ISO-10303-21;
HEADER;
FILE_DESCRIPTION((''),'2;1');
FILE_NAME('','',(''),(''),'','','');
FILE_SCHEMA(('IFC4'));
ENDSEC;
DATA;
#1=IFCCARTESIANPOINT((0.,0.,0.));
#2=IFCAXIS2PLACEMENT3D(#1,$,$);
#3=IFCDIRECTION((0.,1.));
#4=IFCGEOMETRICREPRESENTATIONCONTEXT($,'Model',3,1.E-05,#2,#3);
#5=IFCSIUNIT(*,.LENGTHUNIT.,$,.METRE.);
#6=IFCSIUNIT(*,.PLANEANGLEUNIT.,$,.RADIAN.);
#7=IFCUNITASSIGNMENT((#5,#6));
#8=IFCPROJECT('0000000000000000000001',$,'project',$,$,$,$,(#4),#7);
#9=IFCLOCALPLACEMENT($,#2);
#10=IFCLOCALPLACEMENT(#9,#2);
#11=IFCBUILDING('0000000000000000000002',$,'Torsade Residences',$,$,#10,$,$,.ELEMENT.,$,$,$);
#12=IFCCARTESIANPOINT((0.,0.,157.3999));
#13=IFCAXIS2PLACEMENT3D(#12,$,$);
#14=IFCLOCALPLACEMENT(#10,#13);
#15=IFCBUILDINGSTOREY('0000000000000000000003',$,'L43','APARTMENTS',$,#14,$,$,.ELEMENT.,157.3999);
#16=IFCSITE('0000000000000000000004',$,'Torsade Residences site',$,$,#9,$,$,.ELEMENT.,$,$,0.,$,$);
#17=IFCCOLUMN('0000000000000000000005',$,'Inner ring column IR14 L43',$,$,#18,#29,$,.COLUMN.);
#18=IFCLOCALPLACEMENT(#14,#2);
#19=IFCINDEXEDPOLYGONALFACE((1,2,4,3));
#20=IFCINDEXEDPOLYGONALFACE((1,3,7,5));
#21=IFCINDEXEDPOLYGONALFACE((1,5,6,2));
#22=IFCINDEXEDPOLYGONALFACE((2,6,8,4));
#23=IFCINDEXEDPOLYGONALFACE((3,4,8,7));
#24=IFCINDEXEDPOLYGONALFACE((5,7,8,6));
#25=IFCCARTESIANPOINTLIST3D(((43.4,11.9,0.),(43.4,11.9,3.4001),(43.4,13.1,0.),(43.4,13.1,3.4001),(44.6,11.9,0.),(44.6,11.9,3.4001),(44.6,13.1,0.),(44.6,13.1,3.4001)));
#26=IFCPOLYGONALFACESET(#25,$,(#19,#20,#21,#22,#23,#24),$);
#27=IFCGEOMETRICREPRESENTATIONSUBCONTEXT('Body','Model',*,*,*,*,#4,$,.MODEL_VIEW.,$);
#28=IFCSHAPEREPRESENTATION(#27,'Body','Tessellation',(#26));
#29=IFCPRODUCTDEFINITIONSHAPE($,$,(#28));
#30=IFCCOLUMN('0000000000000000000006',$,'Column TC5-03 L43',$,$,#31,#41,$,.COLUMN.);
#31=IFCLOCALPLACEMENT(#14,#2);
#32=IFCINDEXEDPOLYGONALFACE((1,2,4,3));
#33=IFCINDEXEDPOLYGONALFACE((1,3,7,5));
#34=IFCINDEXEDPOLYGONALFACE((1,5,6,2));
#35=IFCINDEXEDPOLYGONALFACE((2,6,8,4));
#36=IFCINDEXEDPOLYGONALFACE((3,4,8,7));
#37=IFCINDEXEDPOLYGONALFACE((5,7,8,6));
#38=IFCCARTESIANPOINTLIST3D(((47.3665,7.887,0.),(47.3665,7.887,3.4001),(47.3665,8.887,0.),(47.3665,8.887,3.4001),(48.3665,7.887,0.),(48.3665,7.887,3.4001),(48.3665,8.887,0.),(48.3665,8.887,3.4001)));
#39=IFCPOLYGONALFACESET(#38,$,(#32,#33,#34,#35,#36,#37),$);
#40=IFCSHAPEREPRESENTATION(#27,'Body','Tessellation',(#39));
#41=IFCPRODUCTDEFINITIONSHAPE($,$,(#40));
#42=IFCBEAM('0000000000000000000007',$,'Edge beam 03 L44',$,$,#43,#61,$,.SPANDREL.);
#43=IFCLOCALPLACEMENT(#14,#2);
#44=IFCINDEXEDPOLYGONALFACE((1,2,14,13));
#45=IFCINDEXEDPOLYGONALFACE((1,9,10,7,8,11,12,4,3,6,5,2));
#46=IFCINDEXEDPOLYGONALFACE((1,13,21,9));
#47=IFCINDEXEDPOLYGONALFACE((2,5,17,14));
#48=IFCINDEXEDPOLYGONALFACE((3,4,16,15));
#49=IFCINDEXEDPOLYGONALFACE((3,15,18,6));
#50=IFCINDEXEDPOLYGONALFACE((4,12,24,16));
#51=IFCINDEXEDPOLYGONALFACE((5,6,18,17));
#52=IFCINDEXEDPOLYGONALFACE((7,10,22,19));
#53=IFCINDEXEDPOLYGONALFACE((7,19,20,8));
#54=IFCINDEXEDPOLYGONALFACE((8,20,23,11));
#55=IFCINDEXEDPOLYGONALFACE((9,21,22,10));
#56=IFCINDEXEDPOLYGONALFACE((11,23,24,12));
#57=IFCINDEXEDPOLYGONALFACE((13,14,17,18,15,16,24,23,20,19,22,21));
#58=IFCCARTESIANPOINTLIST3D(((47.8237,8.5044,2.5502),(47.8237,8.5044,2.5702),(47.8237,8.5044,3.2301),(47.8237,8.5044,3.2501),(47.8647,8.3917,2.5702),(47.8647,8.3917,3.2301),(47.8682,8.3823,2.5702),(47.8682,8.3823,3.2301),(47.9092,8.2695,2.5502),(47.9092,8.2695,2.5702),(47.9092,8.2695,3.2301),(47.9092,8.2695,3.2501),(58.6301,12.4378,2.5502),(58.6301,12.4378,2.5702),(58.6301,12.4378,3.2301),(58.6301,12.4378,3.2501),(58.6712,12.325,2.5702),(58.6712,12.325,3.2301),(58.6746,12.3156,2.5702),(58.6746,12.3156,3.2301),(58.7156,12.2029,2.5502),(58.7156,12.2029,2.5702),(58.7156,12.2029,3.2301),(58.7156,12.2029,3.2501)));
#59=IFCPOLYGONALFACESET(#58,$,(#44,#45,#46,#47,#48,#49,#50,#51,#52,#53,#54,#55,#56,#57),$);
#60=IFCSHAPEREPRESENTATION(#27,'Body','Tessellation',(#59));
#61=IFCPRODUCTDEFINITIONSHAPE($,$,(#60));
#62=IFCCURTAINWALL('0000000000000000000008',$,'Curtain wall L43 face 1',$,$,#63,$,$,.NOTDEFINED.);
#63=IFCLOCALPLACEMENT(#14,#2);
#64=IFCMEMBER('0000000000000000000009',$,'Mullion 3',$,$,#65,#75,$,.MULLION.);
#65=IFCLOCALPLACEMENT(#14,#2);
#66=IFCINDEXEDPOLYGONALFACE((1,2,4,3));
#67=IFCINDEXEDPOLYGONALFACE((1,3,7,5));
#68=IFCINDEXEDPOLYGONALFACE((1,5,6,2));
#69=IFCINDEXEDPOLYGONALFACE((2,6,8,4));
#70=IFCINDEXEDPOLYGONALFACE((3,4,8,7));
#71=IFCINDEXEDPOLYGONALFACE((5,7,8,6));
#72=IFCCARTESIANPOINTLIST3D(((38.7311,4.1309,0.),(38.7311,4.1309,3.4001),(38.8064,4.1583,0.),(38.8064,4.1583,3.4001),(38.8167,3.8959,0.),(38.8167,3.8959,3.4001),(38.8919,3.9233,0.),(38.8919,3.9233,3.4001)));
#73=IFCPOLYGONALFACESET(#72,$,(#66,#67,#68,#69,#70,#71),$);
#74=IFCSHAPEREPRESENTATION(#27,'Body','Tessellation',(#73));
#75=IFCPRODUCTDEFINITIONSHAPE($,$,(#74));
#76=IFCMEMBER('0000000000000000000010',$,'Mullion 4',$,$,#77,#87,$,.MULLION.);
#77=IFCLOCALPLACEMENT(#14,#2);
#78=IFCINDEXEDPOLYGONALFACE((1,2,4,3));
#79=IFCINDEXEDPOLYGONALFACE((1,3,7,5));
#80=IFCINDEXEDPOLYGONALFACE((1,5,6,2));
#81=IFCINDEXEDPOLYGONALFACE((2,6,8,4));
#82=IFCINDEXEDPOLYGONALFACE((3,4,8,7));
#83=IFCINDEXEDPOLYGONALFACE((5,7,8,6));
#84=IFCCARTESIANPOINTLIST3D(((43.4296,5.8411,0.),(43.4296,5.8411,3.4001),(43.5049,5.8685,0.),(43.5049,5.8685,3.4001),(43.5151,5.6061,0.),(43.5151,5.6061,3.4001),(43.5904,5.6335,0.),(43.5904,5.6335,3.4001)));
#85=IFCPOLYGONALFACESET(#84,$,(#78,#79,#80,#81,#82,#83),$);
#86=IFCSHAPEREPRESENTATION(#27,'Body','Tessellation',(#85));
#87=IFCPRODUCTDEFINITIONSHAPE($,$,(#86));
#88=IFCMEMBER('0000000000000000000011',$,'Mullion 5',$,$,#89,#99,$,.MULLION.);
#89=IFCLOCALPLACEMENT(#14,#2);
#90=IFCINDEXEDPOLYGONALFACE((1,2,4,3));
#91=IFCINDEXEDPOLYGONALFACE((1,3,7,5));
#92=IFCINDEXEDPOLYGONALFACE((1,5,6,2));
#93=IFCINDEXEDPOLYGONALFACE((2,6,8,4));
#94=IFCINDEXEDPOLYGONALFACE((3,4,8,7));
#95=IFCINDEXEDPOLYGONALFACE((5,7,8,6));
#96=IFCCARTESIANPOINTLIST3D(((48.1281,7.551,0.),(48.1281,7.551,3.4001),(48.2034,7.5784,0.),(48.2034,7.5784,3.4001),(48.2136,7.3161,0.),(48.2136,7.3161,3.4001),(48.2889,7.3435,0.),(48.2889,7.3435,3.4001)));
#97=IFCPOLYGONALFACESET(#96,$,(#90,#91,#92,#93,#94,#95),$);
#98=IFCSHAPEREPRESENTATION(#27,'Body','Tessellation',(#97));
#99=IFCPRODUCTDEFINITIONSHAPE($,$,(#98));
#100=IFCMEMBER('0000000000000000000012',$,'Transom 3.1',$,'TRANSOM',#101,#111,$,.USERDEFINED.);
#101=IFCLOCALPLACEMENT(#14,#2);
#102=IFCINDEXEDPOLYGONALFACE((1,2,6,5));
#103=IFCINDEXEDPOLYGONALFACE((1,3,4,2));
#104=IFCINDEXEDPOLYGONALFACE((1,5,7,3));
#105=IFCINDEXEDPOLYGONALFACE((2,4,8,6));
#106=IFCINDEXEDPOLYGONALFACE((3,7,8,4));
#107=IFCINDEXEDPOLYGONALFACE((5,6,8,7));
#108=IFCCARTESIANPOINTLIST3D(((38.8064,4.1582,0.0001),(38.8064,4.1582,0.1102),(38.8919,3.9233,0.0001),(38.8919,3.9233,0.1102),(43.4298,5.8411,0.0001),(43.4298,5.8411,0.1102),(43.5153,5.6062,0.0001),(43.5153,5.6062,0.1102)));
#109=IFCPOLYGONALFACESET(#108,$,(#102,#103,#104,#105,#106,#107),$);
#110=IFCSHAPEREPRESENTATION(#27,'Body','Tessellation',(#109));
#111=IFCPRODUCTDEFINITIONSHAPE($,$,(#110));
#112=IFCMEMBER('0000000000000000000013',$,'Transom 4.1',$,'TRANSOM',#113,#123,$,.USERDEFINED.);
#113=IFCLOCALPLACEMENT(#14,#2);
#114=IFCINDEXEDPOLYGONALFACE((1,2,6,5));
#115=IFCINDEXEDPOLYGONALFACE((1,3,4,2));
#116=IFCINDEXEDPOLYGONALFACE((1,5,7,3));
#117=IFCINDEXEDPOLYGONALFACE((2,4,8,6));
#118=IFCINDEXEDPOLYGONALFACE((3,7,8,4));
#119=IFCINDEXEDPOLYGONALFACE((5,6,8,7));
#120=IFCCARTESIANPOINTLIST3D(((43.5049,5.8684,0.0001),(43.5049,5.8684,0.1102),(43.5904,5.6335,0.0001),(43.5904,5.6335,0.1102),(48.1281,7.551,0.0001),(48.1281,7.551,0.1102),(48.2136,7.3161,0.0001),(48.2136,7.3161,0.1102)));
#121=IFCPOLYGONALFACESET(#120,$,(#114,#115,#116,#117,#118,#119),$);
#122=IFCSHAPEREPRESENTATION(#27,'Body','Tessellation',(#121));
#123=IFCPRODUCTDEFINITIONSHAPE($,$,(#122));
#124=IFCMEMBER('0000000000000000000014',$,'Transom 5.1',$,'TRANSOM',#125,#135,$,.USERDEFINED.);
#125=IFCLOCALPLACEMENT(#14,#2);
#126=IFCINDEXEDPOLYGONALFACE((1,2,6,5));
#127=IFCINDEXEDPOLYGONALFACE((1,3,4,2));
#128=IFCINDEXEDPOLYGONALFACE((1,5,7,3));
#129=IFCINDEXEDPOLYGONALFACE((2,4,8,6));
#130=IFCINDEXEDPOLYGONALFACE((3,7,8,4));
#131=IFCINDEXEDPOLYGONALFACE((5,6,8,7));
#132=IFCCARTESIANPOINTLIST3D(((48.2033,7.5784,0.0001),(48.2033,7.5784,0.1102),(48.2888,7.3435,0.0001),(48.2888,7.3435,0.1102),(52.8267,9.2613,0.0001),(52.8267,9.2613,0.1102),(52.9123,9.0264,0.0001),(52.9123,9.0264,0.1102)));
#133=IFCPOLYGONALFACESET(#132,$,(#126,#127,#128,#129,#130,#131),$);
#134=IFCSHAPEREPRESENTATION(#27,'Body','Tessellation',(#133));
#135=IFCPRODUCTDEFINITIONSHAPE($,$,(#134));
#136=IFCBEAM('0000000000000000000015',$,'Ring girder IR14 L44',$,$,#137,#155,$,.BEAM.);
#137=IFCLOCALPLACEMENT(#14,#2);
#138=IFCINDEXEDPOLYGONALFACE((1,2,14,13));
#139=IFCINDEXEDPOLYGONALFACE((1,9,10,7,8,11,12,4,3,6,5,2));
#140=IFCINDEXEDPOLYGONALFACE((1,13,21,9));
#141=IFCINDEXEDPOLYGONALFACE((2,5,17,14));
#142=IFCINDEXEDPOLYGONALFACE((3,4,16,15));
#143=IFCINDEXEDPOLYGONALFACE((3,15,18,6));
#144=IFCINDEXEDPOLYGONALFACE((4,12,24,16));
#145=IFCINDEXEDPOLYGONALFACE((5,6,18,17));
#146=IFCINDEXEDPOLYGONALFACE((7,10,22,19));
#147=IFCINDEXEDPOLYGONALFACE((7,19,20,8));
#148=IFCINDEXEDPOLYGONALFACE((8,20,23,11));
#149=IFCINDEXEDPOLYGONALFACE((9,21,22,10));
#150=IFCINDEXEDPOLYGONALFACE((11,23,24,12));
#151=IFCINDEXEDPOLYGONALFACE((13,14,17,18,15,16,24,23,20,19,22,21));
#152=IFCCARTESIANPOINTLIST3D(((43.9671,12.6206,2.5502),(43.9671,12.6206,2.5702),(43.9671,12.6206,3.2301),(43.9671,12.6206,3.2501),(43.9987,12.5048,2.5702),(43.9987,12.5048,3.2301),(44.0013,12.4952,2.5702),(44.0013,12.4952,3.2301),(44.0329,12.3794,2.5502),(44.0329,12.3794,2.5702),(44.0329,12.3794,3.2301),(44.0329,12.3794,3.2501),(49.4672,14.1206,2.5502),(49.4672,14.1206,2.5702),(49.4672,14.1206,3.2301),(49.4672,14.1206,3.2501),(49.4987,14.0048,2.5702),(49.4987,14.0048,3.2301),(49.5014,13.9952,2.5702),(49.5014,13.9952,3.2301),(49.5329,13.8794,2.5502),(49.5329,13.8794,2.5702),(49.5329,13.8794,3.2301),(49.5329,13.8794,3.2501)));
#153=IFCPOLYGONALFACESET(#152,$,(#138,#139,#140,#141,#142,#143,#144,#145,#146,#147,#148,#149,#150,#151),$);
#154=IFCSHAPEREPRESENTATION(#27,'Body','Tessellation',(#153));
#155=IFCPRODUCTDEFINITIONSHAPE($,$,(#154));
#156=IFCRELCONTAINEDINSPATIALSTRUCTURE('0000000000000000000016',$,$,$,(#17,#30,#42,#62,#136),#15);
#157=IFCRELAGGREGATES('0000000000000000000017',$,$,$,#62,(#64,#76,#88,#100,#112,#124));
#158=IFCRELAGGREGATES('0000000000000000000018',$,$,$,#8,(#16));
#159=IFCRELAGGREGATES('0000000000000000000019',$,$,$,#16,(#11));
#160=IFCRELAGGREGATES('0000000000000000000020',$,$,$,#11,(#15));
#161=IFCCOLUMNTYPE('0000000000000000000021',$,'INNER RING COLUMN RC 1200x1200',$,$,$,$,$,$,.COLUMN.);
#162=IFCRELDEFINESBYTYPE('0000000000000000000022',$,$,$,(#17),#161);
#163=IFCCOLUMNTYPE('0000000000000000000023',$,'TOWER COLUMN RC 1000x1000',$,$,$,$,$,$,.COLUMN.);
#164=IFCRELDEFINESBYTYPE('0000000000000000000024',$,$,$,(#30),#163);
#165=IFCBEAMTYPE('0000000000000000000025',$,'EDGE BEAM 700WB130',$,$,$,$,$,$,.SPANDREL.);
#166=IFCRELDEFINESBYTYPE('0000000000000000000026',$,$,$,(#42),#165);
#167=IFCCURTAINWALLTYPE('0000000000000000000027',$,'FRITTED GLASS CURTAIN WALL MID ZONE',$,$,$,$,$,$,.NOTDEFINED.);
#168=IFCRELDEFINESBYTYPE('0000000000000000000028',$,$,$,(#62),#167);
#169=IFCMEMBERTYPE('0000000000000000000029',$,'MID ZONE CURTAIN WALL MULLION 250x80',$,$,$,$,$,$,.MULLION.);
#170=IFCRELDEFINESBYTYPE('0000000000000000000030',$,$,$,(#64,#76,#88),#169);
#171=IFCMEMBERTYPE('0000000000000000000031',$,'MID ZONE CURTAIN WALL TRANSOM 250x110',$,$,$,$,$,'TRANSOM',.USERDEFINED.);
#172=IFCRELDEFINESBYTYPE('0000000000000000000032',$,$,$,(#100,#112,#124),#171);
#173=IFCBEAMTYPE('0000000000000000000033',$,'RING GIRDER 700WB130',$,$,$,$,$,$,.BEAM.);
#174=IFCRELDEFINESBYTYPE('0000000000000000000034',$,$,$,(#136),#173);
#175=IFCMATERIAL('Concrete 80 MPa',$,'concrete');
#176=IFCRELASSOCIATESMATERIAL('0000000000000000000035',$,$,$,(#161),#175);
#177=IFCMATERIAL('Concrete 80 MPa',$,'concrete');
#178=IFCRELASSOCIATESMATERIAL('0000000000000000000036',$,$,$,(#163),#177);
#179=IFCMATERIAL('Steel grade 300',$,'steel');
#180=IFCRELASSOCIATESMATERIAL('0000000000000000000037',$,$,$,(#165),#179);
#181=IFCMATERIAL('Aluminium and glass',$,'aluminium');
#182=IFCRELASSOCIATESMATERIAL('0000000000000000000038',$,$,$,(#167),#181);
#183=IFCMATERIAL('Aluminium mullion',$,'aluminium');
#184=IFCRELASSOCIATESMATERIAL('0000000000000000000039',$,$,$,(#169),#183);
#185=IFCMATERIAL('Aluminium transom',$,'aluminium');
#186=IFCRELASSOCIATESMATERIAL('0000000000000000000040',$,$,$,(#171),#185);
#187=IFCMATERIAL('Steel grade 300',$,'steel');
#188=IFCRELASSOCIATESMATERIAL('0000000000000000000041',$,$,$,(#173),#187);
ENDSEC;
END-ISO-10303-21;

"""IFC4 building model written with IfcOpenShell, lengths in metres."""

from ifc_helpers import new_model, si_unit, direction, frame, origin, origin_2d, place, context, subcontext, project, spatial, rectangle, i_section, extrude, material, material_profile, profile_set, type_object, element, aggregate, save


model = new_model("IFC4")

# Units and contexts
model_context = context("Model", 3, precision=1e-05, world=origin(), true_north=direction((0.0, 1.0)))
body_context = subcontext(model_context, "Body", "Model", "MODEL_VIEW")
ifc_project = project(units=[si_unit("LENGTHUNIT", "METRE"), si_unit("PLANEANGLEUNIT", "RADIAN")], contexts=[model_context])

# Site, building, storey
site_placement = place(None, origin())
site = spatial("IfcSite", under=ifc_project, at=site_placement, Name="Torsade Residences site", CompositionType="ELEMENT", RefElevation=0.0)
building_placement = place(site_placement, origin())
building = spatial("IfcBuilding", under=site, at=building_placement, Name="Torsade Residences", CompositionType="ELEMENT")
storey_placement = place(building_placement, frame((0.0, 0.0, 157.3999)))
storey = spatial("IfcBuildingStorey", under=building, at=storey_placement, Name="L43", Description="APARTMENTS", CompositionType="ELEMENT", Elevation=157.3999)

# Columns
ifc_material_1 = material(Name="Concrete 80 MPa", Category="concrete")
ifc_material_profile_1 = material_profile(ifc_material_1, rectangle(XDim=1.2, YDim=1.2, at=origin_2d()), Name="RC 1200x1200")
ifc_profile_set_1 = profile_set([ifc_material_profile_1], Name="Concrete 80 MPa")
column_type_1 = type_object("IfcColumnType", Name="INNER RING COLUMN RC 1200x1200", PredefinedType="COLUMN", material=ifc_profile_set_1)
column_1_placement = place(storey_placement, frame((44.0, 12.5, 0.0), z_axis=(0.0, 0.0, 1.0), x_axis=(1.0, 0.0, 0.0)))
element("IfcColumn", 1, at=column_1_placement, inside=storey, type_object=column_type_1, Name="Inner ring column IR14 L43", PredefinedType="COLUMN", context=body_context, shape_type="SweptSolid", body=[
    extrude(rectangle(XDim=1.2, YDim=1.2, at=origin_2d()), origin(), (0.0, 0.0, 1.0), 3.4001),
])
ifc_material_2 = material(Name="Concrete 80 MPa", Category="concrete")
ifc_material_profile_2 = material_profile(ifc_material_2, rectangle(XDim=1.0, YDim=1.0, at=origin_2d()), Name="RC 1000x1000")
ifc_profile_set_2 = profile_set([ifc_material_profile_2], Name="Concrete 80 MPa")
column_type_2 = type_object("IfcColumnType", Name="TOWER COLUMN RC 1000x1000", PredefinedType="COLUMN", material=ifc_profile_set_2)
column_2_placement = place(storey_placement, frame((47.8665, 8.387, 0.0), z_axis=(0.0, 0.0, 1.0), x_axis=(1.0, 0.0, 0.0)))
element("IfcColumn", 2, at=column_2_placement, inside=storey, type_object=column_type_2, Name="Column TC5-03 L43", PredefinedType="COLUMN", context=body_context, shape_type="SweptSolid", body=[
    extrude(rectangle(XDim=1.0, YDim=1.0, at=origin_2d()), origin(), (0.0, 0.0, 1.0), 3.4001),
])

# Beam
ifc_material_3 = material(Name="Steel grade 300", Category="steel")
ifc_material_profile_3 = material_profile(ifc_material_3, i_section(OverallWidth=0.25, OverallDepth=0.7, WebThickness=0.01, FlangeThickness=0.02, at=origin_2d()), Name="700WB130")
ifc_profile_set_3 = profile_set([ifc_material_profile_3], Name="Steel grade 300")
beam_type_1 = type_object("IfcBeamType", Name="EDGE BEAM 700WB130", PredefinedType="SPANDREL", material=ifc_profile_set_3)
beam_1_placement = place(storey_placement, frame((47.8665, 8.387, 2.9001), z_axis=(0.939689, 0.342031, 0.0), x_axis=(-0.342031, 0.939689, 0.0)))
element("IfcBeam", 3, at=beam_1_placement, inside=storey, type_object=beam_type_1, Name="Edge beam 03 L44", PredefinedType="SPANDREL", context=body_context, shape_type="SweptSolid", body=[
    extrude(i_section(OverallWidth=0.25, OverallDepth=0.7, WebThickness=0.01, FlangeThickness=0.02, at=origin_2d()), origin(), (0.0, 0.0, 1.0), 11.5),
])

# Curtain wall, members
ifc_material_4 = material(Name="Aluminium and glass", Category="aluminium")
curtain_wall_type = type_object("IfcCurtainWallType", Name="FRITTED GLASS CURTAIN WALL MID ZONE", PredefinedType="NOTDEFINED", material=ifc_material_4)
curtain_wall_placement = place(storey_placement, origin())
curtain_wall = element("IfcCurtainWall", 4, at=curtain_wall_placement, inside=storey, type_object=curtain_wall_type, Name="Curtain wall L43 face 1", PredefinedType="NOTDEFINED")
ifc_material_5 = material(Name="Aluminium mullion", Category="aluminium")
ifc_material_profile_4 = material_profile(ifc_material_5, rectangle(XDim=0.25, YDim=0.0801, at=origin_2d()), Name="MID ZONE CURTAIN WALL MULLION 250x80")
ifc_profile_set_4 = profile_set([ifc_material_profile_4], Name="Aluminium mullion")
member_type_1 = type_object("IfcMemberType", Name="MID ZONE CURTAIN WALL MULLION 250x80", PredefinedType="MULLION", material=ifc_profile_set_4)
member_1_placement = place(storey_placement, frame((38.8115, 4.0271, 0.0), z_axis=(0.0, 0.0, 1.0), x_axis=(-0.34202, 0.939693, 0.0)))
member_1 = element("IfcMember", 5, at=member_1_placement, type_object=member_type_1, Name="Mullion 3", PredefinedType="MULLION", context=body_context, shape_type="SweptSolid", body=[
    extrude(rectangle(XDim=0.25, YDim=0.0801, at=origin_2d()), origin(), (0.0, 0.0, 1.0), 3.4001),
])
member_2_placement = place(storey_placement, frame((43.51, 5.7373, 0.0), z_axis=(0.0, 0.0, 1.0), x_axis=(-0.34202, 0.939693, 0.0)))
member_2 = element("IfcMember", 6, at=member_2_placement, type_object=member_type_1, Name="Mullion 4", PredefinedType="MULLION", context=body_context, shape_type="SweptSolid", body=[
    extrude(rectangle(XDim=0.25, YDim=0.0801, at=origin_2d()), origin(), (0.0, 0.0, 1.0), 3.4001),
])
member_3_placement = place(storey_placement, frame((48.2085, 7.4473, 0.0), z_axis=(0.0, 0.0, 1.0), x_axis=(-0.34202, 0.939693, 0.0)))
member_3 = element("IfcMember", 7, at=member_3_placement, type_object=member_type_1, Name="Mullion 5", PredefinedType="MULLION", context=body_context, shape_type="SweptSolid", body=[
    extrude(rectangle(XDim=0.25, YDim=0.0801, at=origin_2d()), origin(), (0.0, 0.0, 1.0), 3.4001),
])
ifc_material_6 = material(Name="Aluminium transom", Category="aluminium")
ifc_material_profile_5 = material_profile(ifc_material_6, rectangle(XDim=0.25, YDim=0.1101, at=origin_2d()), Name="MID ZONE CURTAIN WALL TRANSOM 250x110")
ifc_profile_set_5 = profile_set([ifc_material_profile_5], Name="Aluminium transom")
member_type_2 = type_object("IfcMemberType", Name="MID ZONE CURTAIN WALL TRANSOM 250x110", ElementType="TRANSOM", PredefinedType="USERDEFINED", material=ifc_profile_set_5)
member_4_placement = place(storey_placement, frame((38.8491, 4.0408, 0.0552), z_axis=(0.939685, 0.342042, 0.0), x_axis=(-0.342042, 0.939685, 0.0)))
member_4 = element("IfcMember", 8, at=member_4_placement, type_object=member_type_2, Name="Transom 3.1", ObjectType="TRANSOM", PredefinedType="USERDEFINED", context=body_context, shape_type="SweptSolid", body=[
    extrude(rectangle(XDim=0.25, YDim=0.1101, at=origin_2d()), origin(), (0.0, 0.0, 1.0), 4.9202),
])
member_5_placement = place(storey_placement, frame((43.5476, 5.751, 0.0552), z_axis=(0.939701, 0.341998, 0.0), x_axis=(-0.341998, 0.939701, 0.0)))
member_5 = element("IfcMember", 9, at=member_5_placement, type_object=member_type_2, Name="Transom 4.1", ObjectType="TRANSOM", PredefinedType="USERDEFINED", context=body_context, shape_type="SweptSolid", body=[
    extrude(rectangle(XDim=0.25, YDim=0.1101, at=origin_2d()), origin(), (0.0, 0.0, 1.0), 4.9199),
])
member_6_placement = place(storey_placement, frame((48.2461, 7.4609, 0.0552), z_axis=(0.939685, 0.342042, 0.0), x_axis=(-0.342042, 0.939685, 0.0)))
member_6 = element("IfcMember", 10, at=member_6_placement, type_object=member_type_2, Name="Transom 5.1", ObjectType="TRANSOM", PredefinedType="USERDEFINED", context=body_context, shape_type="SweptSolid", body=[
    extrude(rectangle(XDim=0.25, YDim=0.1101, at=origin_2d()), origin(), (0.0, 0.0, 1.0), 4.9202),
])

# Beam
ifc_material_7 = material(Name="Steel grade 300", Category="steel")
ifc_material_profile_6 = material_profile(ifc_material_7, i_section(OverallWidth=0.25, OverallDepth=0.7, WebThickness=0.01, FlangeThickness=0.02, at=origin_2d()), Name="700WB130")
ifc_profile_set_6 = profile_set([ifc_material_profile_6], Name="Steel grade 300")
beam_type_2 = type_object("IfcBeamType", Name="RING GIRDER 700WB130", PredefinedType="BEAM", material=ifc_profile_set_6)
beam_2_placement = place(storey_placement, frame((44.0, 12.5, 2.9001), z_axis=(0.964764, 0.263117, 0.0), x_axis=(-0.263117, 0.964764, 0.0)))
element("IfcBeam", 11, at=beam_2_placement, inside=storey, type_object=beam_type_2, Name="Ring girder IR14 L44", PredefinedType="BEAM", context=body_context, shape_type="SweptSolid", body=[
    extrude(i_section(OverallWidth=0.25, OverallDepth=0.7, WebThickness=0.01, FlangeThickness=0.02, at=origin_2d()), origin(), (0.0, 0.0, 1.0), 5.7009),
])

aggregate(curtain_wall, [member_1, member_2, member_3, member_4, member_5, member_6])

save(model, "model.ifc")
